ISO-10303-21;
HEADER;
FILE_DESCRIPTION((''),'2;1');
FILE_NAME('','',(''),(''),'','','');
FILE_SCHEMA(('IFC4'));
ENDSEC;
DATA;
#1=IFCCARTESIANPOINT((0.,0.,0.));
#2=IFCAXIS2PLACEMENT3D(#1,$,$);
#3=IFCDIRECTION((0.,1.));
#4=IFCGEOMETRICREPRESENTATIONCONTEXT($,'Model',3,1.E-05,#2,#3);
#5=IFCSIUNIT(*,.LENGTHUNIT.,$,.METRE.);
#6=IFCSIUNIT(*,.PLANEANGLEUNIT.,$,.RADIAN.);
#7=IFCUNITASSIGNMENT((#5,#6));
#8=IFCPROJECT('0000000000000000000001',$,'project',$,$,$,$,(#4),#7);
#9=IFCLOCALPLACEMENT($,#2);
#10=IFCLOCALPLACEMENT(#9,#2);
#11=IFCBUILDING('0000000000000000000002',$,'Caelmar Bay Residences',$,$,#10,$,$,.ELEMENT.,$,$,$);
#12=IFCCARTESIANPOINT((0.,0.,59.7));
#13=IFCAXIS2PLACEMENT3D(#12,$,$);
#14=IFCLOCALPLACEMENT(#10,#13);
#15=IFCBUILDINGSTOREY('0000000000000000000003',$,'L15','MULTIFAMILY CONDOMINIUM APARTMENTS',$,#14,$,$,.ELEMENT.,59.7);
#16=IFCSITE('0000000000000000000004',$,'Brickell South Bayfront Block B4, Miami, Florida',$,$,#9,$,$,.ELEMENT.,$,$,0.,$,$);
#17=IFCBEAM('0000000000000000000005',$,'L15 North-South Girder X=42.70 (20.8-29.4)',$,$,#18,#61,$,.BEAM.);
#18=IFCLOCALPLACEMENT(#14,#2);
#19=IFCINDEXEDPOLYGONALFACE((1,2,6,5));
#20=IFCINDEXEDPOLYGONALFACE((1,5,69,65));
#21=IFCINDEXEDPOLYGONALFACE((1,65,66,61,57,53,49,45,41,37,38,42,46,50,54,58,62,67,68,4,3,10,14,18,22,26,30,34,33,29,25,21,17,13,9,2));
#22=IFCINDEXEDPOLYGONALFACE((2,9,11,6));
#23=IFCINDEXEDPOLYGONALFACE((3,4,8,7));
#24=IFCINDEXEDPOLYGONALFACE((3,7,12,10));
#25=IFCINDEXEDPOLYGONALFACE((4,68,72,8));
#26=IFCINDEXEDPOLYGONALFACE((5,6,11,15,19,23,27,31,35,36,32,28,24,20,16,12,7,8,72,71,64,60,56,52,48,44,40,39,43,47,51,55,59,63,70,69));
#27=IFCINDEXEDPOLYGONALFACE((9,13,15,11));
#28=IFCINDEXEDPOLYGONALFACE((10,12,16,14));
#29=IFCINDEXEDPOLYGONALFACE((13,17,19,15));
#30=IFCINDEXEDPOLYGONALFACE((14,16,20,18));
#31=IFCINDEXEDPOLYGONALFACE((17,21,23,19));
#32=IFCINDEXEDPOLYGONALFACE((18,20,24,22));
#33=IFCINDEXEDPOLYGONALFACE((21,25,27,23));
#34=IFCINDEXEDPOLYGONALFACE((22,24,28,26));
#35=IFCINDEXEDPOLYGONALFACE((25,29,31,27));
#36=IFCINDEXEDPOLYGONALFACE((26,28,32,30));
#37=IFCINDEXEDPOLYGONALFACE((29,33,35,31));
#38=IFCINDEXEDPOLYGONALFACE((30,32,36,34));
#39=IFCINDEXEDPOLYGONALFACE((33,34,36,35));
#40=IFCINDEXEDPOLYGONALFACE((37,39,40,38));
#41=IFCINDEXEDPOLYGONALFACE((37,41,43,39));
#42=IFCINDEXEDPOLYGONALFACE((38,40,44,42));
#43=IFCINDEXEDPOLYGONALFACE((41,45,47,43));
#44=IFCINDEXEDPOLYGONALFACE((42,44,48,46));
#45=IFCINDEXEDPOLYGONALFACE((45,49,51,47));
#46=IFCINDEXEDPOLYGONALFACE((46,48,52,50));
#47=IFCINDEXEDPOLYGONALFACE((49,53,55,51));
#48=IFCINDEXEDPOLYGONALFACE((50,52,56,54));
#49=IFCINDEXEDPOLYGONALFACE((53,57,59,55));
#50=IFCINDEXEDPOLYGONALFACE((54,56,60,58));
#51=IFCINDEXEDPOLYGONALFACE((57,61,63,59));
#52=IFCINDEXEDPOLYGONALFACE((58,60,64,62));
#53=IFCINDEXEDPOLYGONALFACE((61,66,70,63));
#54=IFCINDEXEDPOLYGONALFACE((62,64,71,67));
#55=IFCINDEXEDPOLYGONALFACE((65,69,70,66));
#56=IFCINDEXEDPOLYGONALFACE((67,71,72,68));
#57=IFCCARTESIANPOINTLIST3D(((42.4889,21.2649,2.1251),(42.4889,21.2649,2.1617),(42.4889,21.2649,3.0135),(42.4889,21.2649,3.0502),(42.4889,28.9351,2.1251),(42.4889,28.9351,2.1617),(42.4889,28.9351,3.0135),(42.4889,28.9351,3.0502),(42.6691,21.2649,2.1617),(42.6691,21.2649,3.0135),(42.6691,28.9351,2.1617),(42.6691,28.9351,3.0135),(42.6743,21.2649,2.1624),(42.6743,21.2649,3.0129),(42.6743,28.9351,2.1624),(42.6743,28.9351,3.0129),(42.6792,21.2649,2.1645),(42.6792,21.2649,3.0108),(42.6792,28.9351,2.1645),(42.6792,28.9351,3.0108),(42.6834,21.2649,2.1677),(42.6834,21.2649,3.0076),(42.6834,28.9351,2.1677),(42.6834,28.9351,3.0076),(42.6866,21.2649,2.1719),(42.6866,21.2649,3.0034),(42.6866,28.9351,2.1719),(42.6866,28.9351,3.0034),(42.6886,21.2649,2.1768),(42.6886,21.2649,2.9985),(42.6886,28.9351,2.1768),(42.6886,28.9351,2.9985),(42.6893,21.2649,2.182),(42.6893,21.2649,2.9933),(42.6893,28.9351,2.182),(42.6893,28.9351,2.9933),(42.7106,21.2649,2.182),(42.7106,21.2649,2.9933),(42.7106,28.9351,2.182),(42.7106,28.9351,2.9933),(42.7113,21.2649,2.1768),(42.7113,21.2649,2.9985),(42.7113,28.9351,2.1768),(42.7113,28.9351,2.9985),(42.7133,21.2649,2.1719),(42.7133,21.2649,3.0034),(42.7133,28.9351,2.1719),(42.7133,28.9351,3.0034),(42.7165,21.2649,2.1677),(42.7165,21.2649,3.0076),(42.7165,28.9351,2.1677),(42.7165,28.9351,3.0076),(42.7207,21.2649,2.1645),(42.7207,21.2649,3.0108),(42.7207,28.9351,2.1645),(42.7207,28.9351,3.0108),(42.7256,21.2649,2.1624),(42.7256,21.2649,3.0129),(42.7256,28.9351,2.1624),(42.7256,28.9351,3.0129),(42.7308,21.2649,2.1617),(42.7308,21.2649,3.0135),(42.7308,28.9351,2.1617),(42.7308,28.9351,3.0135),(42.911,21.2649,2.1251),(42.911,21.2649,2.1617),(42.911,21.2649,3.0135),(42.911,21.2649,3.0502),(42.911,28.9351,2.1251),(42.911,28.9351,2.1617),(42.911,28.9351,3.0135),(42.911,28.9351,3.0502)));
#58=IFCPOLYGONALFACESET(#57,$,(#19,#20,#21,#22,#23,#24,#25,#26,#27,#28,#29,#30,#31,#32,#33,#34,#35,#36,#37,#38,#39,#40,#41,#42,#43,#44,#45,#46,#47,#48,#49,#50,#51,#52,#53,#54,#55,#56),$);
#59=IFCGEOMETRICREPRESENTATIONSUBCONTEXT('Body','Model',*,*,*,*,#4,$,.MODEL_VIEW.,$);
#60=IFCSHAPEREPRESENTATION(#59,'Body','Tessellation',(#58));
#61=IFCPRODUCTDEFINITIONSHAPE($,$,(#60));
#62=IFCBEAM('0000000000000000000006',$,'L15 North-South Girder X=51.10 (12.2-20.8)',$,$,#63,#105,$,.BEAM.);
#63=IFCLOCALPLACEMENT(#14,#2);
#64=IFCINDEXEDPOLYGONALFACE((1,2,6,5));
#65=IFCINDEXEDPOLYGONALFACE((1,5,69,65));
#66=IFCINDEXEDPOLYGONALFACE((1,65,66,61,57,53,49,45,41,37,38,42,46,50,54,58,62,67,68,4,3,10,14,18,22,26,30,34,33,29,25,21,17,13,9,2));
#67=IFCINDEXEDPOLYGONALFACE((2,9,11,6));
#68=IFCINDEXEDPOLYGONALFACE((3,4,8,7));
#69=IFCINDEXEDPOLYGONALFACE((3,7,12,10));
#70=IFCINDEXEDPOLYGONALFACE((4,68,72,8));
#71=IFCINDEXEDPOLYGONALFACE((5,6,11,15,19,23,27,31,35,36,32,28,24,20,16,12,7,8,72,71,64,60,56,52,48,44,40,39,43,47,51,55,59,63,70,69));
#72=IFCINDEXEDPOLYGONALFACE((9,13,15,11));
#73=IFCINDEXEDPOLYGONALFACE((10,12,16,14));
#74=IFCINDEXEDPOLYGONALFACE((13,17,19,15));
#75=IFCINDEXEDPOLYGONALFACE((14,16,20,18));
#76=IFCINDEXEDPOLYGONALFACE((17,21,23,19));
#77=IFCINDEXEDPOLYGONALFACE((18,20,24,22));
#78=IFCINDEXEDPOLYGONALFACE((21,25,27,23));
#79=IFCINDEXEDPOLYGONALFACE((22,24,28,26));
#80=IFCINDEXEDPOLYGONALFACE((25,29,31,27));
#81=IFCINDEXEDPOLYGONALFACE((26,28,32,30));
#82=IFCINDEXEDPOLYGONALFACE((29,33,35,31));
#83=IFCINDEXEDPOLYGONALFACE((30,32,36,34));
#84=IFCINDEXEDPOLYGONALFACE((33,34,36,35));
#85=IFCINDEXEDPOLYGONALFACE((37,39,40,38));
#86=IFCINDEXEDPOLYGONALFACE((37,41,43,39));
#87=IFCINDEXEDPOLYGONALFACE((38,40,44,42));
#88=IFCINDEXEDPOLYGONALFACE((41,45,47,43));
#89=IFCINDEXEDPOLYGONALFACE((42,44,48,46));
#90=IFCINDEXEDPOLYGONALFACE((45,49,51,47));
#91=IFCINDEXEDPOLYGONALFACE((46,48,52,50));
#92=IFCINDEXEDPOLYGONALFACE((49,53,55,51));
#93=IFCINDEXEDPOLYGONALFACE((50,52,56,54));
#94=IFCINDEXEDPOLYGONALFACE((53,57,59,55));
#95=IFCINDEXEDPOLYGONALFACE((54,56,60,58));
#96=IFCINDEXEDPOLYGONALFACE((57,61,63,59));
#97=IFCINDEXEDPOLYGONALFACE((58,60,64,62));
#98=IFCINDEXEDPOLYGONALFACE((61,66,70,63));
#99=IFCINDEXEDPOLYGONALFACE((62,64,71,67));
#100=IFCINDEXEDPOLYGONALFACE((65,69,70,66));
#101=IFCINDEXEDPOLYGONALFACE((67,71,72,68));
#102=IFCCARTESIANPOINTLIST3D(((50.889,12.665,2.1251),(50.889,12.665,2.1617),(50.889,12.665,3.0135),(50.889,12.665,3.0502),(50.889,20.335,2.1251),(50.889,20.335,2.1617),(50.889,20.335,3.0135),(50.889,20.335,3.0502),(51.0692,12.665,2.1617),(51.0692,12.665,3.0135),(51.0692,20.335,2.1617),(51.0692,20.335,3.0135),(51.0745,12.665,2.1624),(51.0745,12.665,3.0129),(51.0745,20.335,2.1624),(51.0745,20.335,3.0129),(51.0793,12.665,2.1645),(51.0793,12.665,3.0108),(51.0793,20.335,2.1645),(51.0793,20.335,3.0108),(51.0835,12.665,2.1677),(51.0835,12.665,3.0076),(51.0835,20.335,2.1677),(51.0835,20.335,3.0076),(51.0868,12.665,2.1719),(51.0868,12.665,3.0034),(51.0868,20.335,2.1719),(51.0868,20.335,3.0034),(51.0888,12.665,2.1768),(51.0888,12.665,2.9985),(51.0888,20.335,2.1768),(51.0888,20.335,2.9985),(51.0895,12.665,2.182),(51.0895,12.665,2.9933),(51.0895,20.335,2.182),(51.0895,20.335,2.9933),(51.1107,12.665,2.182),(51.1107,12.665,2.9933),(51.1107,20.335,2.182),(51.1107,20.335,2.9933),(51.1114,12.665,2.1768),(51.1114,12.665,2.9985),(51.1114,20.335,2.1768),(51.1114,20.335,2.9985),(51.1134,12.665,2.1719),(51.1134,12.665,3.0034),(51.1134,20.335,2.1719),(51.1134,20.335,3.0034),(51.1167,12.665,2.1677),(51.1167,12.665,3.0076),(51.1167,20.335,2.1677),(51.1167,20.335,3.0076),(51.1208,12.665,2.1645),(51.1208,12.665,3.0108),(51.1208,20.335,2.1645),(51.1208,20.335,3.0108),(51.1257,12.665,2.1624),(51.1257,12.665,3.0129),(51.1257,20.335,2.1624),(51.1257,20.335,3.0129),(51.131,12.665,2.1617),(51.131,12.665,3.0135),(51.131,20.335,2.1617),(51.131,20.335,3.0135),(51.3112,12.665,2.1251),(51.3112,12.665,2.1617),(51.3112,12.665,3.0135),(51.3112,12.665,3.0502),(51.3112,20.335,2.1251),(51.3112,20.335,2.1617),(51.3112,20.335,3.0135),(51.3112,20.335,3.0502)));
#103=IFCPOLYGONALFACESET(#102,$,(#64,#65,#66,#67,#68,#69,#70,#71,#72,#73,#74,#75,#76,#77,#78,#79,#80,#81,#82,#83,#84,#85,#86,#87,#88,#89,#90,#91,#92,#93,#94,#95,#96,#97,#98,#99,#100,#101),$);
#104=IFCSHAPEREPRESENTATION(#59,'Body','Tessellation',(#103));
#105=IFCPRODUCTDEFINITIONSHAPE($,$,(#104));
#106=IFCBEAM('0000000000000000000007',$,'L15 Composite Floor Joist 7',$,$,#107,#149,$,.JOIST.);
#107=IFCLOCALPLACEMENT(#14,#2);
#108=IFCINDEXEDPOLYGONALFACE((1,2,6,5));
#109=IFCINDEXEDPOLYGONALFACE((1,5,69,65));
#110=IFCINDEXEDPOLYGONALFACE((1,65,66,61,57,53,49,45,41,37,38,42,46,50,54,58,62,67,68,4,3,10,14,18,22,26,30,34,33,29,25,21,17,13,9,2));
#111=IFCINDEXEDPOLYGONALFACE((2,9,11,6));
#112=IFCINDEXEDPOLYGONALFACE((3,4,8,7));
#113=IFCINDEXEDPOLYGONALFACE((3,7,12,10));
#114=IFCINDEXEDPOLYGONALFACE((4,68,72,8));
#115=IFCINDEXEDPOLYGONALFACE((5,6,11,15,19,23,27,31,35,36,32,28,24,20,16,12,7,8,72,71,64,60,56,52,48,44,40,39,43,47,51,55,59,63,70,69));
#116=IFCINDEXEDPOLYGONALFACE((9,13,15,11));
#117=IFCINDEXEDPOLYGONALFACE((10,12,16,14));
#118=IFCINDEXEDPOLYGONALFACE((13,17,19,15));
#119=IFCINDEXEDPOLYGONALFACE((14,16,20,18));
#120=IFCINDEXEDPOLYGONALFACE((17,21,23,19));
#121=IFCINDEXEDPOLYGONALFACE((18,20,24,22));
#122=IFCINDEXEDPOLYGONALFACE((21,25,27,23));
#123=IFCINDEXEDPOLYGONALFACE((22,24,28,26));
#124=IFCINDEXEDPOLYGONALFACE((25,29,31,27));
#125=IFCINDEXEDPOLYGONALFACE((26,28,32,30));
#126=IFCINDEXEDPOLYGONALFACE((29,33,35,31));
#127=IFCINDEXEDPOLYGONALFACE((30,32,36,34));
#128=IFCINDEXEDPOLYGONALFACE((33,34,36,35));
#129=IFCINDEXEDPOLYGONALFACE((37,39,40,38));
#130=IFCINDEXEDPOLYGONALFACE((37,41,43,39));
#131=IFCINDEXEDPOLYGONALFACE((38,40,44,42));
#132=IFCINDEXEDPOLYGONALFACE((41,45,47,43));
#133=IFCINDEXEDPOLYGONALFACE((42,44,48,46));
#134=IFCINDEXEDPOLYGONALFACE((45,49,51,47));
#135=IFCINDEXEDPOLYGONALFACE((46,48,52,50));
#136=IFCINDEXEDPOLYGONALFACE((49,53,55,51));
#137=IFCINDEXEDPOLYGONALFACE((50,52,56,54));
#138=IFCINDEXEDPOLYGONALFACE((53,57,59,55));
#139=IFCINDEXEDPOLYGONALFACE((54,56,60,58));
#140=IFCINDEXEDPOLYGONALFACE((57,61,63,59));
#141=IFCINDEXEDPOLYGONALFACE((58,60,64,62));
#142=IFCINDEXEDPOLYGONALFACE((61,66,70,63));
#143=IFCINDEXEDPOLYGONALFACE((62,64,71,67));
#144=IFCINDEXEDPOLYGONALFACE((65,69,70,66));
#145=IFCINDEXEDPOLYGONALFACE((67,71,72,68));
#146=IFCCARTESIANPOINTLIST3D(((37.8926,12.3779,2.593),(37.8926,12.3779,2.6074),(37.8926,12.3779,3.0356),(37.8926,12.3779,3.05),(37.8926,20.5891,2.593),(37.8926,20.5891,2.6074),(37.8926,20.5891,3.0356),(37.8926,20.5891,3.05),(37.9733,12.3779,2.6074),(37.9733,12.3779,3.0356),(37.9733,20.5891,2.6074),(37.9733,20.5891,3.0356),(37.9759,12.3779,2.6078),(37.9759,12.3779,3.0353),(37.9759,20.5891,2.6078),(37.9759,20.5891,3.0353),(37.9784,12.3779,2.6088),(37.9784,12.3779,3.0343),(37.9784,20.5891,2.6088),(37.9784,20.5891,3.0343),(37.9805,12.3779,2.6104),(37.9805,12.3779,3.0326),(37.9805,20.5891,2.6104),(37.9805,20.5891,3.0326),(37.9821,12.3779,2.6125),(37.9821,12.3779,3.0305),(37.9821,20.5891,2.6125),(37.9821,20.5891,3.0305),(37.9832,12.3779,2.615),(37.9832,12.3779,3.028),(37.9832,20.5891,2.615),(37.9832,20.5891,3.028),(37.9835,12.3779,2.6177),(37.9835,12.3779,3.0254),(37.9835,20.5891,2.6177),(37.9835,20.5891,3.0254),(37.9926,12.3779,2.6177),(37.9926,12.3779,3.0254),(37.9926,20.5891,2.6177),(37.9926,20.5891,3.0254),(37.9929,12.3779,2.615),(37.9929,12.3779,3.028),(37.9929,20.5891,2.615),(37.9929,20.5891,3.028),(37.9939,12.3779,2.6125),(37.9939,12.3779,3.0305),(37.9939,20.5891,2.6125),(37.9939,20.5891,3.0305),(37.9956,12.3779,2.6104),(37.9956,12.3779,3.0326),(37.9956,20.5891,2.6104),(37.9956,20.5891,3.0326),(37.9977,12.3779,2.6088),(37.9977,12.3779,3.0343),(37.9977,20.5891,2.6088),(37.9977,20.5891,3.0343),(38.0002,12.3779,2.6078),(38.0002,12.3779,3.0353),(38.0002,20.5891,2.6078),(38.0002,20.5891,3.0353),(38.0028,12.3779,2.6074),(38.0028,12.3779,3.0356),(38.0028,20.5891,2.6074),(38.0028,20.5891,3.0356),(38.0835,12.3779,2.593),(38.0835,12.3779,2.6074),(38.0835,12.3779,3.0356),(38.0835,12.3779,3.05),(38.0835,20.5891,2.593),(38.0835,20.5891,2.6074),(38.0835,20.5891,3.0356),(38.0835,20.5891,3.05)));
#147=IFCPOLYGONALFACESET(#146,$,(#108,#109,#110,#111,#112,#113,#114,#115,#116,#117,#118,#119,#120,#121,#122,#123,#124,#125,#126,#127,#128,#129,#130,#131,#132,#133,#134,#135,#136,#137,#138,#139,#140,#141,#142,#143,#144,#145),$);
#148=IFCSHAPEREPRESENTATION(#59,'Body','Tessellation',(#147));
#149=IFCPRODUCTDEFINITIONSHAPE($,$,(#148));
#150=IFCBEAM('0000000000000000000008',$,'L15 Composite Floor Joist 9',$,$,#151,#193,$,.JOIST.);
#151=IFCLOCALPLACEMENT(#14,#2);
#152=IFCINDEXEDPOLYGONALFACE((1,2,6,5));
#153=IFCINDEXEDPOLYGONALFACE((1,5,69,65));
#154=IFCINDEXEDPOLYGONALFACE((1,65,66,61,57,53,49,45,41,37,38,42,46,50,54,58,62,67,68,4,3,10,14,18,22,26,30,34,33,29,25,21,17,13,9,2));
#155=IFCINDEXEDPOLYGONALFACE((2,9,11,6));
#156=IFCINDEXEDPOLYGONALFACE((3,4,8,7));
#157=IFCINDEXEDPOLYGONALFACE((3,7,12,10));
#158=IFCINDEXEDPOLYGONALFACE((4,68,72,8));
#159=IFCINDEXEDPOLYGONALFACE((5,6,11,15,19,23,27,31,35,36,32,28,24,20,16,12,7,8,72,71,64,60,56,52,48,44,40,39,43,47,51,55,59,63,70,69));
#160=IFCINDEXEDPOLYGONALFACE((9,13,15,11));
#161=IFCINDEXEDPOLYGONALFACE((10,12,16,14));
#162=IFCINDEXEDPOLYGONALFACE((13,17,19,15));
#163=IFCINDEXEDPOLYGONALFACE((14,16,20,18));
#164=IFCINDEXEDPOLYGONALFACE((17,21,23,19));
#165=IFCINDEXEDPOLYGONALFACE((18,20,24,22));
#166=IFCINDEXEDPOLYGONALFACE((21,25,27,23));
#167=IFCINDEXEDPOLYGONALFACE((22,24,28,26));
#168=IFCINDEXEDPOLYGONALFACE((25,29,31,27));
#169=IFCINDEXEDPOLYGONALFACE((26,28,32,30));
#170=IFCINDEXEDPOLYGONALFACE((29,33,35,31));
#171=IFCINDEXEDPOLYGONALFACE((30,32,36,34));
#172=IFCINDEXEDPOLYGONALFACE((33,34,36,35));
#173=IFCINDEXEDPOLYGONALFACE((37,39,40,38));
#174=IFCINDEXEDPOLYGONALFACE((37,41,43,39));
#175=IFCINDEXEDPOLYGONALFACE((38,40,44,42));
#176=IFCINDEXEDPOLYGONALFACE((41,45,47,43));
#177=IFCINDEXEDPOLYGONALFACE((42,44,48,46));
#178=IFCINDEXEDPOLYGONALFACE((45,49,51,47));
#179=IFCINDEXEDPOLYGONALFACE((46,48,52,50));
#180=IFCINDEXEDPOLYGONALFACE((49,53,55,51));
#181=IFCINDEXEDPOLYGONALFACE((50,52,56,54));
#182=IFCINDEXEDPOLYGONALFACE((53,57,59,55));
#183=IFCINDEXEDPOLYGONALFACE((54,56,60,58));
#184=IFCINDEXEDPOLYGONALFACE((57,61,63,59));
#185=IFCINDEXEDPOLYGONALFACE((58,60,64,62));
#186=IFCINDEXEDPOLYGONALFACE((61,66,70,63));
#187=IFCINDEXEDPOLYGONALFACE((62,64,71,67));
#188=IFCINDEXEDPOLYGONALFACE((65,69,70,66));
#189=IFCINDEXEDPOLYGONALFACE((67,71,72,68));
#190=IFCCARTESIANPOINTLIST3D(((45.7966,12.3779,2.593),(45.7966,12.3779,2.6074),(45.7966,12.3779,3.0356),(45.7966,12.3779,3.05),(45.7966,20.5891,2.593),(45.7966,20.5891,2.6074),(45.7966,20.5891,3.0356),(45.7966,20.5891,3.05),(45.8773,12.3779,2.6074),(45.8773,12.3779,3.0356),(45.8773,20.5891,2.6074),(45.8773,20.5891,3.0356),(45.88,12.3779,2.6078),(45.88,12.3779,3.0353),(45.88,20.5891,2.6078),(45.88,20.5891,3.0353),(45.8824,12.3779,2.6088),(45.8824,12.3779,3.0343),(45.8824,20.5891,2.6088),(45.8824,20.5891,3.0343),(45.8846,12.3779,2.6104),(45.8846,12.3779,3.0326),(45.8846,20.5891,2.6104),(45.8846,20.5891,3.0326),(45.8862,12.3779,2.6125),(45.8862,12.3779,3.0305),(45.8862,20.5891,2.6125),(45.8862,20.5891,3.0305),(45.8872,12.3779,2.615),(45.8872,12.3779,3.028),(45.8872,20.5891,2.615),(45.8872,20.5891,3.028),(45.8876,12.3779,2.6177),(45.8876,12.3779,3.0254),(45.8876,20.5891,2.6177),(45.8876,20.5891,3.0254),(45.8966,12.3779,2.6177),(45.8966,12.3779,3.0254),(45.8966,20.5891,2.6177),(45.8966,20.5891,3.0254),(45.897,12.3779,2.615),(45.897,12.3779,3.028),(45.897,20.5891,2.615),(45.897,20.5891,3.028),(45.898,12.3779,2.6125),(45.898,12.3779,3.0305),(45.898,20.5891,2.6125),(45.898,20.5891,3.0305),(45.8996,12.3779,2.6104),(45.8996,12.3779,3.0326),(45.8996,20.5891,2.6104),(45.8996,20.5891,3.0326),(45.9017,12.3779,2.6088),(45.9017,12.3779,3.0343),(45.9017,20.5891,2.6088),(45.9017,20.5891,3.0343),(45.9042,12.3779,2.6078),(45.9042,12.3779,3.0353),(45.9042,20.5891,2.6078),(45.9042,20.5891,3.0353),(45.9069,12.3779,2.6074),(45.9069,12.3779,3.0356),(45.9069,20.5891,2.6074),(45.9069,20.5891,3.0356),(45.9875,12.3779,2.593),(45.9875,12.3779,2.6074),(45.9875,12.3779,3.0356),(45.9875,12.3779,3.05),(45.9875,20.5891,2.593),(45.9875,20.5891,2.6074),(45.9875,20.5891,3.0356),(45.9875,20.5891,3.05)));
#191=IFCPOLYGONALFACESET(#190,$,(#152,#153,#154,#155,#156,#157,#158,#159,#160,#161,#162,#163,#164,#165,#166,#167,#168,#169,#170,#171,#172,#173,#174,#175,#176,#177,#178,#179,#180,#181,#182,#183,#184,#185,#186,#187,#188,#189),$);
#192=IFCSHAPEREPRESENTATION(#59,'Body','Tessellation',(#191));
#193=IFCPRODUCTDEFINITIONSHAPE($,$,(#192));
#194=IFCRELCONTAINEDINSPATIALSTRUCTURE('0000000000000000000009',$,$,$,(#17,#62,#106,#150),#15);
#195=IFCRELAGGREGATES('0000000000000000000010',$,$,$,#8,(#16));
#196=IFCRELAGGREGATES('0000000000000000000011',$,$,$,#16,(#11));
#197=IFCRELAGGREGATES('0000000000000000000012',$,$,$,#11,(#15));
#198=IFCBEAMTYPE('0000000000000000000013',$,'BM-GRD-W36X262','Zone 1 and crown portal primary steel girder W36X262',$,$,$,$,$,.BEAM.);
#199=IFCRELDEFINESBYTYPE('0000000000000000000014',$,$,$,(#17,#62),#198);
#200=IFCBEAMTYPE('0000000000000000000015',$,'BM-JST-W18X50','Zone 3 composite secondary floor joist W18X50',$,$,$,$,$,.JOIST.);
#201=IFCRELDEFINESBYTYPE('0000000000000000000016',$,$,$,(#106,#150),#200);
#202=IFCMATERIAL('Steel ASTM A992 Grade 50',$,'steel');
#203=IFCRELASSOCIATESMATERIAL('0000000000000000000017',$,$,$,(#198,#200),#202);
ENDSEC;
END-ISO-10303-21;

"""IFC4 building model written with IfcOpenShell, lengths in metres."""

from ifc_helpers import new_model, si_unit, direction, frame, origin, origin_2d, place, context, subcontext, project, spatial, i_section, extrude, material, material_profile, profile_set, type_object, element, save


model = new_model("IFC4")

# Units and contexts
model_context = context("Model", 3, precision=1e-05, world=origin(), true_north=direction((0.0, 1.0)))
body_context = subcontext(model_context, "Body", "Model", "MODEL_VIEW")
ifc_project = project(units=[si_unit("LENGTHUNIT", "METRE"), si_unit("PLANEANGLEUNIT", "RADIAN")], contexts=[model_context])

# Site, building, storey
site_placement = place(None, origin())
site = spatial("IfcSite", under=ifc_project, at=site_placement, Name="Brickell South Bayfront Block B4, Miami, Florida", CompositionType="ELEMENT", RefElevation=0.0)
building_placement = place(site_placement, origin())
building = spatial("IfcBuilding", under=site, at=building_placement, Name="Caelmar Bay Residences", CompositionType="ELEMENT")
storey_placement = place(building_placement, frame((0.0, 0.0, 59.7)))
storey = spatial("IfcBuildingStorey", under=building, at=storey_placement, Name="L15", Description="MULTIFAMILY CONDOMINIUM APARTMENTS", CompositionType="ELEMENT", Elevation=59.7)

# Beams
ifc_material_1 = material(Name="Steel ASTM A992 Grade 50", Category="steel")
ifc_material_profile_1 = material_profile(ifc_material_1, i_section(OverallWidth=0.4221, OverallDepth=0.925, WebThickness=0.0212, FlangeThickness=0.0366, FilletRadius=0.0203, at=origin_2d()), Name="W36X262")
ifc_profile_set_1 = profile_set([ifc_material_profile_1], Name="Steel ASTM A992 Grade 50")
beam_type_1 = type_object("IfcBeamType", Name="BM-GRD-W36X262", Description="Zone 1 and crown portal primary steel girder W36X262", PredefinedType="BEAM", material=ifc_profile_set_1)
beam_1_placement = place(storey_placement, frame((42.7, 21.2649, 2.5876), z_axis=(0.0, 1.0, 0.0), x_axis=(-1.0, 0.0, 0.0)))
element("IfcBeam", 1, at=beam_1_placement, inside=storey, type_object=beam_type_1, Name="L15 North-South Girder X=42.70 (20.8-29.4)", PredefinedType="BEAM", context=body_context, shape_type="SweptSolid", body=[
    extrude(i_section(OverallWidth=0.4221, OverallDepth=0.925, WebThickness=0.0212, FlangeThickness=0.0366, FilletRadius=0.0203, at=origin_2d()), origin(), (0.0, 0.0, 1.0), 7.6702),
])
beam_2_placement = place(storey_placement, frame((51.1001, 12.665, 2.5876), z_axis=(0.0, 1.0, 0.0), x_axis=(-1.0, 0.0, 0.0)))
element("IfcBeam", 2, at=beam_2_placement, inside=storey, type_object=beam_type_1, Name="L15 North-South Girder X=51.10 (12.2-20.8)", PredefinedType="BEAM", context=body_context, shape_type="SweptSolid", body=[
    extrude(i_section(OverallWidth=0.4221, OverallDepth=0.925, WebThickness=0.0212, FlangeThickness=0.0366, FilletRadius=0.0203, at=origin_2d()), origin(), (0.0, 0.0, 1.0), 7.6699),
])
ifc_material_profile_2 = material_profile(ifc_material_1, i_section(OverallWidth=0.1909, OverallDepth=0.457, WebThickness=0.009, FlangeThickness=0.0144, FilletRadius=0.0103, at=origin_2d()), Name="W18X50")
ifc_profile_set_2 = profile_set([ifc_material_profile_2], Name="Steel ASTM A992 Grade 50")
beam_type_2 = type_object("IfcBeamType", Name="BM-JST-W18X50", Description="Zone 3 composite secondary floor joist W18X50", PredefinedType="JOIST", material=ifc_profile_set_2)
for number, where, z_axis, x_axis, name in (
    (3, (37.988, 12.3779, 2.8215), (0.0, 1.0, 0.0), (-1.0, 0.0, 0.0), "L15 Composite Floor Joist 7"),
    (4, (45.8921, 12.3779, 2.8215), (0.0, 1.0, 0.0), (-1.0, 0.0, 0.0), "L15 Composite Floor Joist 9"),
):
    element("IfcBeam", number, at=place(storey_placement, frame(where, z_axis=z_axis, x_axis=x_axis)), inside=storey, type_object=beam_type_2, Name=name, PredefinedType="JOIST", context=body_context, shape_type="SweptSolid", body=[
        extrude(i_section(OverallWidth=0.1909, OverallDepth=0.457, WebThickness=0.009, FlangeThickness=0.0144, FilletRadius=0.0103, at=origin_2d()), origin(), (0.0, 0.0, 1.0), 8.2112),
    ])

save(model, "model.ifc")
